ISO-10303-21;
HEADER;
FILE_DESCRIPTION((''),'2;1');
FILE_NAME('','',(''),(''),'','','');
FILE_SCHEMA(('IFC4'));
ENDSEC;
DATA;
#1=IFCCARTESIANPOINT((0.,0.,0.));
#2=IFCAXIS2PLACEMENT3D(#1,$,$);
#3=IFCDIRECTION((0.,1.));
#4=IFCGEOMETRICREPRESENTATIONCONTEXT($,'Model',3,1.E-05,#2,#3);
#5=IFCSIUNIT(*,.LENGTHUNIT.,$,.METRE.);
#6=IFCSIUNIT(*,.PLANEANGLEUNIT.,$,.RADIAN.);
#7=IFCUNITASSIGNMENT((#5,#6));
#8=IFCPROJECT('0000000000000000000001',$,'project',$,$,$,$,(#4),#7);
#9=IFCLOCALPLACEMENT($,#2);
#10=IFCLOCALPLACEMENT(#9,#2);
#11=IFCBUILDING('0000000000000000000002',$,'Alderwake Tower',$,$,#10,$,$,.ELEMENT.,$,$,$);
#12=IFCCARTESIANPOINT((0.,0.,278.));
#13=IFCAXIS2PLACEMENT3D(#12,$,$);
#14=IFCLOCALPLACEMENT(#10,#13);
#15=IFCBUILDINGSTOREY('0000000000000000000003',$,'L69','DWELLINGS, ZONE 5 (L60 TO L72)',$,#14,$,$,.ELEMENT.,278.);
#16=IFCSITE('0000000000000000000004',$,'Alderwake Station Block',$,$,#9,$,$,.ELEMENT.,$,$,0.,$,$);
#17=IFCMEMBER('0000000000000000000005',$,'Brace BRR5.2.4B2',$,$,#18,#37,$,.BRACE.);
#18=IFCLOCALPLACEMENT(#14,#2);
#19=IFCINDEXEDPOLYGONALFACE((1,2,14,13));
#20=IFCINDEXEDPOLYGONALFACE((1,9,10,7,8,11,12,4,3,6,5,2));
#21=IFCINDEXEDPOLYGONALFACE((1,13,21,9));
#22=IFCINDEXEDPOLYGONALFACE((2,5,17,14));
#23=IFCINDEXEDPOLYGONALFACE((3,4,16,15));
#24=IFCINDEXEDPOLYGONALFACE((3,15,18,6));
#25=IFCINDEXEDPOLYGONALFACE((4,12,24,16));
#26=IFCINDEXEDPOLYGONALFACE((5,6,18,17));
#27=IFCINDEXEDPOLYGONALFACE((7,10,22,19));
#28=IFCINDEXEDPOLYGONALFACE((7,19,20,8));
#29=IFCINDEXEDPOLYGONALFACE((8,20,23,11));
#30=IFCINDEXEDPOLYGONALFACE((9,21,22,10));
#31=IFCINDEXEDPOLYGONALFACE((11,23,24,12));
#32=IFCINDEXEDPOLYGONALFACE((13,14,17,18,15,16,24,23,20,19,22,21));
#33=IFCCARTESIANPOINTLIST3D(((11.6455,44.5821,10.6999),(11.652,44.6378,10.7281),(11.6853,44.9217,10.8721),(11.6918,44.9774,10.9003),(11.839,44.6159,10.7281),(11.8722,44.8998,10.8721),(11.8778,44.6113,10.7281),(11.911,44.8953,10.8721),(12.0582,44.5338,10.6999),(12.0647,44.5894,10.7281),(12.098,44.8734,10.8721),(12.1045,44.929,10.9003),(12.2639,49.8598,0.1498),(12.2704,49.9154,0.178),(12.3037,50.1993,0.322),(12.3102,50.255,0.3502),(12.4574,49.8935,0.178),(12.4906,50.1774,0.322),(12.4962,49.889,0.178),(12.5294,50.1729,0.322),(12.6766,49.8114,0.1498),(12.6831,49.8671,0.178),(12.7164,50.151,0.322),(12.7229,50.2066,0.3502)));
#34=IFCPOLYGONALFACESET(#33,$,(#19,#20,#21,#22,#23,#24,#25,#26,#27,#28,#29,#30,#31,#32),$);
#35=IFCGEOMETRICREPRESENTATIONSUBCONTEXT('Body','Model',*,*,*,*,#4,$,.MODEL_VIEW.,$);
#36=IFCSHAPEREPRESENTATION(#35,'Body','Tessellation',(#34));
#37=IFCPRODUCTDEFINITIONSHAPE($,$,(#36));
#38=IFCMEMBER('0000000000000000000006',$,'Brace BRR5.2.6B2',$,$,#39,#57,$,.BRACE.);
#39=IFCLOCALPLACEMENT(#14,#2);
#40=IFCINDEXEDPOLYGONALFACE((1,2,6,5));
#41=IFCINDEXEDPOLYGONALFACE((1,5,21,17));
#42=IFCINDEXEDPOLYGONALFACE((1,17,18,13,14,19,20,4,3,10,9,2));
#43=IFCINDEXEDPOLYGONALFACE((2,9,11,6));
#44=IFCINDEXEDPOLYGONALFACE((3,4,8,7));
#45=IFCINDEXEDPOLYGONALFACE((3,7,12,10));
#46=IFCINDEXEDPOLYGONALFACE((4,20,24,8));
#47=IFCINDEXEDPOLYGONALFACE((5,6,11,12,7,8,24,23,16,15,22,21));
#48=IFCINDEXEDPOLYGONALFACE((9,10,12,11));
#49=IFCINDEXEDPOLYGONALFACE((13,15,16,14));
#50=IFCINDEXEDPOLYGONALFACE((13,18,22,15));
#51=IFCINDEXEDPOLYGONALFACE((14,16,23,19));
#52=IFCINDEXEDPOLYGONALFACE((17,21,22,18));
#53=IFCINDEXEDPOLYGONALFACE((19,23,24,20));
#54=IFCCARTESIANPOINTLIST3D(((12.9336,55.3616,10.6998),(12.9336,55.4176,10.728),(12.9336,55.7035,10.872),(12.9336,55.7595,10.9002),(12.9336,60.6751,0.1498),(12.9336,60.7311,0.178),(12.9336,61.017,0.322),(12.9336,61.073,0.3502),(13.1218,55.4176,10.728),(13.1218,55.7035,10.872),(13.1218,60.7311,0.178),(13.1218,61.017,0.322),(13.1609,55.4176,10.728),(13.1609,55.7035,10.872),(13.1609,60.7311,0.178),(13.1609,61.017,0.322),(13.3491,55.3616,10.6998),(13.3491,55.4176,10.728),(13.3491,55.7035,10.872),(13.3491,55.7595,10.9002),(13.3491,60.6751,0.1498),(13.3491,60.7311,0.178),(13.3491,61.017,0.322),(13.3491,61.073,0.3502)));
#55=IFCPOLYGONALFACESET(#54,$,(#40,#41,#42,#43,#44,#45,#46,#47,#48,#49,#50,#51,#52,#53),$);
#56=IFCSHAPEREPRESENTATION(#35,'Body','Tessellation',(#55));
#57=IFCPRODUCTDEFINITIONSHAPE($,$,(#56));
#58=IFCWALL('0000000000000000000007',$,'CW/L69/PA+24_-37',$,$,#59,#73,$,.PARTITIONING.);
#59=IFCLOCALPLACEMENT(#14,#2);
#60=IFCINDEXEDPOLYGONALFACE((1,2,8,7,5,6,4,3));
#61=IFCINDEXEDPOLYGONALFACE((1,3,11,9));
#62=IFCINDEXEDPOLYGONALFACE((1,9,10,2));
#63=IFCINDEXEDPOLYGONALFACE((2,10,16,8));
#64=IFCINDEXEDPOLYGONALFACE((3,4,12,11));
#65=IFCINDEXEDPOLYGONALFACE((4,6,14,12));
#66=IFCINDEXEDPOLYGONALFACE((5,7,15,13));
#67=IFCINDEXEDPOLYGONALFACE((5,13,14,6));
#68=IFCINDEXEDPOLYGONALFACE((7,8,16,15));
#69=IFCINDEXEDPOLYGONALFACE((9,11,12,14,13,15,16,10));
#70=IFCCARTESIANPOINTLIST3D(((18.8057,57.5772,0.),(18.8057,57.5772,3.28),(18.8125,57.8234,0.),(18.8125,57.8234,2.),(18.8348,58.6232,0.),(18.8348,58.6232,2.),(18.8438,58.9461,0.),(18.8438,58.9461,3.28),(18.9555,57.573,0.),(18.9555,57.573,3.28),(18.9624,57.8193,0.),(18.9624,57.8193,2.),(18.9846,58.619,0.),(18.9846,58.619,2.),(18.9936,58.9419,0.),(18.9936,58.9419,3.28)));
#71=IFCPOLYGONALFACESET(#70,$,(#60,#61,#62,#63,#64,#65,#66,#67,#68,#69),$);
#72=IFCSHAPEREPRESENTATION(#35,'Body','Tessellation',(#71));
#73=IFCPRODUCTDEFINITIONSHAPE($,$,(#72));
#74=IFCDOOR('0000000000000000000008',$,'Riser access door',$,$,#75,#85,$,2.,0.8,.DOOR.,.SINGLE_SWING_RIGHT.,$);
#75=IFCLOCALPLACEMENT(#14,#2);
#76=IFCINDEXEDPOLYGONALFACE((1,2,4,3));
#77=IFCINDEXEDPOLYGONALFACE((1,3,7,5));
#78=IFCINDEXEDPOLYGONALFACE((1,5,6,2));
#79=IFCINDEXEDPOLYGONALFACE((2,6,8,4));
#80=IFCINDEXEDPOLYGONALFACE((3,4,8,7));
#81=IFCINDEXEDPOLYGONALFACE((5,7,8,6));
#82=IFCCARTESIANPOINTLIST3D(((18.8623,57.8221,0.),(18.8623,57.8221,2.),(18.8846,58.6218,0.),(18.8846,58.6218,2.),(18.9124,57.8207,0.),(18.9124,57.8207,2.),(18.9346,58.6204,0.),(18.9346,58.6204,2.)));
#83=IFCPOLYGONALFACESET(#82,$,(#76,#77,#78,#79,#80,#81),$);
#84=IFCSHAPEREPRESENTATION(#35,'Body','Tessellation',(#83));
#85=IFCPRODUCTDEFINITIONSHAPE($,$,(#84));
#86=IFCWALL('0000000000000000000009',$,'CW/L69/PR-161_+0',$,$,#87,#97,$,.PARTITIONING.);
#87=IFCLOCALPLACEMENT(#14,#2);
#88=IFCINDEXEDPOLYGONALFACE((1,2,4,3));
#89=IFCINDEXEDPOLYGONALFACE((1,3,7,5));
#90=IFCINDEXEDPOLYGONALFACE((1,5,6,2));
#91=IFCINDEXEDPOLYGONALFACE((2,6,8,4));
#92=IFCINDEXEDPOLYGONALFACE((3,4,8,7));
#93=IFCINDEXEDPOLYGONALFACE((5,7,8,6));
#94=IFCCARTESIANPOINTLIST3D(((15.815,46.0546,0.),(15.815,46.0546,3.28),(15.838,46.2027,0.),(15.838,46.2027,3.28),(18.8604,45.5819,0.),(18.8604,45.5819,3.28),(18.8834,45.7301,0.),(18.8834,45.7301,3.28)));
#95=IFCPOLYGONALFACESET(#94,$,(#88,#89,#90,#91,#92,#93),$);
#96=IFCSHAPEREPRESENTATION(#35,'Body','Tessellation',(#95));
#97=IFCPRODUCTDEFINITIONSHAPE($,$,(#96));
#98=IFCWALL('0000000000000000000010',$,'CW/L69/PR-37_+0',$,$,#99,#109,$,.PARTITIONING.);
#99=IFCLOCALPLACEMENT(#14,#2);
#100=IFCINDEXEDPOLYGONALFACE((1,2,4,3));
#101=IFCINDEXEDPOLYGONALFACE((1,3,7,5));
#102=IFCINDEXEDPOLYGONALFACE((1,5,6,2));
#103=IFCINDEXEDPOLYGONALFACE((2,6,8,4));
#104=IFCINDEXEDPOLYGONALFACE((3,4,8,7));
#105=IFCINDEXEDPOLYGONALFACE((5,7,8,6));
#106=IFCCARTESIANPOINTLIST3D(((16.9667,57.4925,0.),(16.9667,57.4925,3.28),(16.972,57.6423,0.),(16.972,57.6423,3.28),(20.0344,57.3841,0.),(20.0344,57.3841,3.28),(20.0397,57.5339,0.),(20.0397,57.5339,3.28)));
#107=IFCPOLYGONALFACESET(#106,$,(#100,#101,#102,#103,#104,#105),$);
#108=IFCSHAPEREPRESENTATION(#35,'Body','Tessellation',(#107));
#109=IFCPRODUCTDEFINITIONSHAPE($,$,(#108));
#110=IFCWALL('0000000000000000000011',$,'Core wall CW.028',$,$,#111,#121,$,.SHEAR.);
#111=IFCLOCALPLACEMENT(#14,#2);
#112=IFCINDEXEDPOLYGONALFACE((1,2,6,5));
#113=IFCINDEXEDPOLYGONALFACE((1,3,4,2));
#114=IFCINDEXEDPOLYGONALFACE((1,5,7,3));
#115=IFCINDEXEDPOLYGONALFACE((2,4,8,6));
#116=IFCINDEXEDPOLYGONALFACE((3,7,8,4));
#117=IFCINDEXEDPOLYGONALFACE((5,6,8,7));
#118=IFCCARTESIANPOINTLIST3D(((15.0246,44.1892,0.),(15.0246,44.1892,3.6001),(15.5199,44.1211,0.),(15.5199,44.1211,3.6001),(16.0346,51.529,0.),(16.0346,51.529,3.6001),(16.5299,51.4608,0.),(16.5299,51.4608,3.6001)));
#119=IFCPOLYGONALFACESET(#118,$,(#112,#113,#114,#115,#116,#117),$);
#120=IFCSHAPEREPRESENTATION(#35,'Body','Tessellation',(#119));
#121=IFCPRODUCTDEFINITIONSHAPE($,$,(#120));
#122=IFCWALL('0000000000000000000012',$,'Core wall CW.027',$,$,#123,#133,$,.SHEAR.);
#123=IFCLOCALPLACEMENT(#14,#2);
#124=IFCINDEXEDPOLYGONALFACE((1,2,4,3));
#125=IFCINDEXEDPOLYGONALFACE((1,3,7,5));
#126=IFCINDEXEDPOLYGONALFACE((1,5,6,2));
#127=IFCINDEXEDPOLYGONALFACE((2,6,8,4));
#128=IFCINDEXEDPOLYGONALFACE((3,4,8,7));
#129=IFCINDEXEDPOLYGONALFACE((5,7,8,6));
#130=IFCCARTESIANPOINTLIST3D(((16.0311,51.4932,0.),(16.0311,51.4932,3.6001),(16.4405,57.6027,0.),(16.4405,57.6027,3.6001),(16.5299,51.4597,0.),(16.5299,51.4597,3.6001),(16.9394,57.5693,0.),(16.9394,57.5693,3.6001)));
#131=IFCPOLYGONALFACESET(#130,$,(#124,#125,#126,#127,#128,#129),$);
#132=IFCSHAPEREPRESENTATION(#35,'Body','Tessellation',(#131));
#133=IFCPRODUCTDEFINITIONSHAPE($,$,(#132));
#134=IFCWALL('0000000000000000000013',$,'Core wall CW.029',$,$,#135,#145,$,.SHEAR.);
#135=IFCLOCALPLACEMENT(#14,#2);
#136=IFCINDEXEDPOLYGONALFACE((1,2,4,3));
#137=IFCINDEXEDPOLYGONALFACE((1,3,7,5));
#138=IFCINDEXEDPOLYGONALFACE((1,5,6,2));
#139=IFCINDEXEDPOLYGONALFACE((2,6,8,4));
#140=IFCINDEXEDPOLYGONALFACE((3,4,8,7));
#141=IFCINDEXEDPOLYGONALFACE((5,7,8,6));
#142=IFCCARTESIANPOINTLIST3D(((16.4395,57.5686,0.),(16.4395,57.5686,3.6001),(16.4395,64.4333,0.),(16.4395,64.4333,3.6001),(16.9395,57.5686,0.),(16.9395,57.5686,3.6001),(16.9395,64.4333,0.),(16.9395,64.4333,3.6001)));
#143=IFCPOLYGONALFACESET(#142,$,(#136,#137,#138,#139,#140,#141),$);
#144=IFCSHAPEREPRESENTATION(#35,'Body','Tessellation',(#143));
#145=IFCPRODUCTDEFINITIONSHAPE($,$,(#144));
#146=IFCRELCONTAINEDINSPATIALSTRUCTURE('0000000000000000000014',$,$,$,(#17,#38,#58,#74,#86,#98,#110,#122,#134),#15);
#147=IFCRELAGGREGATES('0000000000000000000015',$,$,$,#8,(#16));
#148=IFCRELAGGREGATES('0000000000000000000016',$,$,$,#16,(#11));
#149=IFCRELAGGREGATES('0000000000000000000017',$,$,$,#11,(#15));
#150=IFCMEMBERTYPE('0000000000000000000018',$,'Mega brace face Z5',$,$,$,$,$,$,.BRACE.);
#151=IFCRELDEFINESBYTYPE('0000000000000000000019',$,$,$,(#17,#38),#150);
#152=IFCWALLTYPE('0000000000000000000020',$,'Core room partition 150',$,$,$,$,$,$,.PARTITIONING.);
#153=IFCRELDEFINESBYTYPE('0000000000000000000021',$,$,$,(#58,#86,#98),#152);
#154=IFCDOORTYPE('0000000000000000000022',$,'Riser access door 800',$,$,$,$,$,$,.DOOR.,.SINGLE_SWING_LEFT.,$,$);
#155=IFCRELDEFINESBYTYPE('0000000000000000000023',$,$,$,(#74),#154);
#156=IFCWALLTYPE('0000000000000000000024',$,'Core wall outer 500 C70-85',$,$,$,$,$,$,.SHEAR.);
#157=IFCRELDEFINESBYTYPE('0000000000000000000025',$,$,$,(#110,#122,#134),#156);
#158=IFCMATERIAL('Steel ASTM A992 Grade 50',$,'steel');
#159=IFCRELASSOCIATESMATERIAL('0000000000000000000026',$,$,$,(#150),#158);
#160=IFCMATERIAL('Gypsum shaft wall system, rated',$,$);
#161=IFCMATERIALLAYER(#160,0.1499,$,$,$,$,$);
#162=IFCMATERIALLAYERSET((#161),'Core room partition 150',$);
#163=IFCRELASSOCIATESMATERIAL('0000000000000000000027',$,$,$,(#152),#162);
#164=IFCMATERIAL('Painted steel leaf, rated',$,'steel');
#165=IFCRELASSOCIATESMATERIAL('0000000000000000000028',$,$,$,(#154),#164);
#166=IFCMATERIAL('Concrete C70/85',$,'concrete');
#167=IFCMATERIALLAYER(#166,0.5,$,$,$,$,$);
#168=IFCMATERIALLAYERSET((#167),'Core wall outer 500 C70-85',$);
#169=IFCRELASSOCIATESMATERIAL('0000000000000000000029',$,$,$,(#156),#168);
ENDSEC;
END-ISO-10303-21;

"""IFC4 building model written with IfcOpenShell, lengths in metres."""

from ifc_helpers import new_model, si_unit, direction, frame, frame_2d, origin, origin_2d, place, context, subcontext, project, spatial, rectangle, i_section, extrude, material, layer, layer_set, material_profile, profile_set, type_object, element, fill, save


model = new_model("IFC4")

# Units and contexts
model_context = context("Model", 3, precision=1e-05, world=origin(), true_north=direction((0.0, 1.0)))
body_context = subcontext(model_context, "Body", "Model", "MODEL_VIEW")
ifc_project = project(units=[si_unit("LENGTHUNIT", "METRE"), si_unit("PLANEANGLEUNIT", "RADIAN")], contexts=[model_context])

# Site, building, storey
site_placement = place(None, origin())
site = spatial("IfcSite", under=ifc_project, at=site_placement, Name="Alderwake Station Block", CompositionType="ELEMENT", RefElevation=0.0)
building_placement = place(site_placement, origin())
building = spatial("IfcBuilding", under=site, at=building_placement, Name="Alderwake Tower", CompositionType="ELEMENT")
storey_placement = place(building_placement, frame((0.0, 0.0, 278.0)))
storey = spatial("IfcBuildingStorey", under=building, at=storey_placement, Name="L69", Description="DWELLINGS, ZONE 5 (L60 TO L72)", CompositionType="ELEMENT", Elevation=278.0)

# Members
ifc_material_1 = material(Name="Steel ASTM A992 Grade 50", Category="steel")
ifc_material_profile_1 = material_profile(ifc_material_1, i_section(OverallWidth=0.4155, OverallDepth=0.4456, WebThickness=0.0391, FlangeThickness=0.0627, at=origin_2d()), Name="W14X342")
ifc_profile_set_1 = profile_set([ifc_material_profile_1], Name="Steel ASTM A992 Grade 50")
member_type = type_object("IfcMemberType", Name="Mega brace face Z5", PredefinedType="BRACE", material=ifc_profile_set_1)
member_1_placement = place(storey_placement, frame((12.4934, 50.0332, 0.25), z_axis=(-0.052351, -0.446774, 0.893114), x_axis=(0.993205, -0.11638, 0.0)))
element("IfcMember", 1, at=member_1_placement, inside=storey, type_object=member_type, Name="Brace BRR5.2.4B2", PredefinedType="BRACE", context=body_context, shape_type="SweptSolid", body=[
    extrude(i_section(OverallWidth=0.4155, OverallDepth=0.4456, WebThickness=0.0391, FlangeThickness=0.0627, at=origin_2d()), origin(), (0.0, 0.0, 1.0), 11.8127),
])
member_2_placement = place(storey_placement, frame((13.1414, 60.874, 0.25), z_axis=(0.0, -0.449816, 0.893121), x_axis=(1.0, 0.0, 0.0)))
element("IfcMember", 2, at=member_2_placement, inside=storey, type_object=member_type, Name="Brace BRR5.2.6B2", PredefinedType="BRACE", context=body_context, shape_type="SweptSolid", body=[
    extrude(i_section(OverallWidth=0.4155, OverallDepth=0.4456, WebThickness=0.0391, FlangeThickness=0.0627, at=origin_2d()), origin(), (0.0, 0.0, 1.0), 11.8125),
])

# Wall, opening, door
ifc_material_2 = material(Name="Gypsum shaft wall system, rated")
ifc_layer_1 = layer(ifc_material_2, 0.1499)
ifc_layer_set_1 = layer_set([ifc_layer_1], Name="Core room partition 150")
wall_type_1 = type_object("IfcWallType", Name="Core room partition 150", PredefinedType="PARTITIONING", material=ifc_layer_set_1)
wall_1_placement = place(storey_placement, frame((18.9187, 58.9438, 0.0), z_axis=(0.0, 0.0, 1.0), x_axis=(-0.027812, -0.999613, 0.0)))
wall_1 = element("IfcWall", 3, at=wall_1_placement, inside=storey, type_object=wall_type_1, Name="CW/L69/PA+24_-37", PredefinedType="PARTITIONING", context=body_context, shape_type="SweptSolid", body=[
    extrude(rectangle(XDim=1.3694, YDim=0.1499, at=frame_2d((0.6846, 0.0))), origin(), (0.0, 0.0, 1.0), 3.28),
])
opening_1_placement = place(wall_1_placement, frame((0.323, 0.0, 0.0)))
opening_1 = element("IfcOpeningElement", 4, at=opening_1_placement, cuts=wall_1, PredefinedType="OPENING", context=body_context, shape_type="SweptSolid", body=[
    extrude(rectangle(XDim=0.8, YDim=2.0, at=frame_2d((0.3999, 1.0))), frame((0.0, 0.085, 0.0), z_axis=(0.0, -1.0, 0.0), x_axis=(1.0, 0.0, 0.0)), (0.0, 0.0, 1.0), 0.1699),
])
ifc_material_3 = material(Name="Painted steel leaf, rated", Category="steel")
door_type = type_object("IfcDoorType", Name="Riser access door 800", OperationType="SINGLE_SWING_LEFT", PredefinedType="DOOR", material=ifc_material_3)
door_1_placement = place(opening_1_placement, origin())
door_1 = element("IfcDoor", 5, at=door_1_placement, inside=storey, type_object=door_type, Name="Riser access door", OperationType="SINGLE_SWING_RIGHT", OverallHeight=2.0, OverallWidth=0.8, PredefinedType="DOOR", context=body_context, shape_type="SweptSolid", body=[
    extrude(rectangle(XDim=0.8, YDim=2.0, at=frame_2d((0.3999, 1.0))), frame((0.0, 0.0249, 0.0), z_axis=(0.0, -1.0, 0.0), x_axis=(1.0, 0.0, 0.0)), (0.0, 0.0, 1.0), 0.05),
])
fill(opening_1, door_1)

# Walls
wall_2_placement = place(storey_placement, frame((15.8264, 46.1287, 0.0), z_axis=(0.0, 0.0, 1.0), x_axis=(0.988169, -0.153367, 0.0)))
element("IfcWall", 6, at=wall_2_placement, inside=storey, type_object=wall_type_1, Name="CW/L69/PR-161_+0", PredefinedType="PARTITIONING", context=body_context, shape_type="SweptSolid", body=[
    extrude(rectangle(XDim=3.0818, YDim=0.1499, at=frame_2d((1.541, 0.0))), origin(), (0.0, 0.0, 1.0), 3.28),
])
wall_3_placement = place(storey_placement, frame((16.9695, 57.5674, 0.0), z_axis=(0.0, 0.0, 1.0), x_axis=(0.999376, -0.035314, 0.0)))
element("IfcWall", 7, at=wall_3_placement, inside=storey, type_object=wall_type_1, Name="CW/L69/PR-37_+0", PredefinedType="PARTITIONING", context=body_context, shape_type="SweptSolid", body=[
    extrude(rectangle(XDim=3.0696, YDim=0.1499, at=frame_2d((1.5347, 0.0))), origin(), (0.0, 0.0, 1.0), 3.28),
])
ifc_material_4 = material(Name="Concrete C70/85", Category="concrete")
ifc_layer_2 = layer(ifc_material_4, 0.5)
ifc_layer_set_2 = layer_set([ifc_layer_2], Name="Core wall outer 500 C70-85")
wall_type_2 = type_object("IfcWallType", Name="Core wall outer 500 C70-85", PredefinedType="SHEAR", material=ifc_layer_set_2)
wall_4_placement = place(storey_placement, frame((15.2722, 44.155, 0.0), z_axis=(0.0, 0.0, 1.0), x_axis=(0.136322, 0.990665, 0.0)))
element("IfcWall", 8, at=wall_4_placement, inside=storey, type_object=wall_type_2, Name="Core wall CW.028", PredefinedType="SHEAR", context=body_context, shape_type="SweptSolid", body=[
    extrude(rectangle(XDim=7.4089, YDim=0.5, at=frame_2d((3.7046, 0.0))), origin(), (0.0, 0.0, 1.0), 3.6001),
])
wall_5_placement = place(storey_placement, frame((16.2805, 51.4766, 0.0), z_axis=(0.0, 0.0, 1.0), x_axis=(0.066863, 0.997762, 0.0)))
element("IfcWall", 9, at=wall_5_placement, inside=storey, type_object=wall_type_2, Name="Core wall CW.027", PredefinedType="SHEAR", context=body_context, shape_type="SweptSolid", body=[
    extrude(rectangle(XDim=6.1233, YDim=0.5, at=frame_2d((3.0615, 0.0))), origin(), (0.0, 0.0, 1.0), 3.6001),
])
wall_6_placement = place(storey_placement, frame((16.6895, 57.5686, 0.0), z_axis=(0.0, 0.0, 1.0), x_axis=(0.0, 1.0, 0.0)))
element("IfcWall", 10, at=wall_6_placement, inside=storey, type_object=wall_type_2, Name="Core wall CW.029", PredefinedType="SHEAR", context=body_context, shape_type="SweptSolid", body=[
    extrude(rectangle(XDim=6.8647, YDim=0.5, at=frame_2d((3.4324, 0.0))), origin(), (0.0, 0.0, 1.0), 3.6001),
])

save(model, "model.ifc")
